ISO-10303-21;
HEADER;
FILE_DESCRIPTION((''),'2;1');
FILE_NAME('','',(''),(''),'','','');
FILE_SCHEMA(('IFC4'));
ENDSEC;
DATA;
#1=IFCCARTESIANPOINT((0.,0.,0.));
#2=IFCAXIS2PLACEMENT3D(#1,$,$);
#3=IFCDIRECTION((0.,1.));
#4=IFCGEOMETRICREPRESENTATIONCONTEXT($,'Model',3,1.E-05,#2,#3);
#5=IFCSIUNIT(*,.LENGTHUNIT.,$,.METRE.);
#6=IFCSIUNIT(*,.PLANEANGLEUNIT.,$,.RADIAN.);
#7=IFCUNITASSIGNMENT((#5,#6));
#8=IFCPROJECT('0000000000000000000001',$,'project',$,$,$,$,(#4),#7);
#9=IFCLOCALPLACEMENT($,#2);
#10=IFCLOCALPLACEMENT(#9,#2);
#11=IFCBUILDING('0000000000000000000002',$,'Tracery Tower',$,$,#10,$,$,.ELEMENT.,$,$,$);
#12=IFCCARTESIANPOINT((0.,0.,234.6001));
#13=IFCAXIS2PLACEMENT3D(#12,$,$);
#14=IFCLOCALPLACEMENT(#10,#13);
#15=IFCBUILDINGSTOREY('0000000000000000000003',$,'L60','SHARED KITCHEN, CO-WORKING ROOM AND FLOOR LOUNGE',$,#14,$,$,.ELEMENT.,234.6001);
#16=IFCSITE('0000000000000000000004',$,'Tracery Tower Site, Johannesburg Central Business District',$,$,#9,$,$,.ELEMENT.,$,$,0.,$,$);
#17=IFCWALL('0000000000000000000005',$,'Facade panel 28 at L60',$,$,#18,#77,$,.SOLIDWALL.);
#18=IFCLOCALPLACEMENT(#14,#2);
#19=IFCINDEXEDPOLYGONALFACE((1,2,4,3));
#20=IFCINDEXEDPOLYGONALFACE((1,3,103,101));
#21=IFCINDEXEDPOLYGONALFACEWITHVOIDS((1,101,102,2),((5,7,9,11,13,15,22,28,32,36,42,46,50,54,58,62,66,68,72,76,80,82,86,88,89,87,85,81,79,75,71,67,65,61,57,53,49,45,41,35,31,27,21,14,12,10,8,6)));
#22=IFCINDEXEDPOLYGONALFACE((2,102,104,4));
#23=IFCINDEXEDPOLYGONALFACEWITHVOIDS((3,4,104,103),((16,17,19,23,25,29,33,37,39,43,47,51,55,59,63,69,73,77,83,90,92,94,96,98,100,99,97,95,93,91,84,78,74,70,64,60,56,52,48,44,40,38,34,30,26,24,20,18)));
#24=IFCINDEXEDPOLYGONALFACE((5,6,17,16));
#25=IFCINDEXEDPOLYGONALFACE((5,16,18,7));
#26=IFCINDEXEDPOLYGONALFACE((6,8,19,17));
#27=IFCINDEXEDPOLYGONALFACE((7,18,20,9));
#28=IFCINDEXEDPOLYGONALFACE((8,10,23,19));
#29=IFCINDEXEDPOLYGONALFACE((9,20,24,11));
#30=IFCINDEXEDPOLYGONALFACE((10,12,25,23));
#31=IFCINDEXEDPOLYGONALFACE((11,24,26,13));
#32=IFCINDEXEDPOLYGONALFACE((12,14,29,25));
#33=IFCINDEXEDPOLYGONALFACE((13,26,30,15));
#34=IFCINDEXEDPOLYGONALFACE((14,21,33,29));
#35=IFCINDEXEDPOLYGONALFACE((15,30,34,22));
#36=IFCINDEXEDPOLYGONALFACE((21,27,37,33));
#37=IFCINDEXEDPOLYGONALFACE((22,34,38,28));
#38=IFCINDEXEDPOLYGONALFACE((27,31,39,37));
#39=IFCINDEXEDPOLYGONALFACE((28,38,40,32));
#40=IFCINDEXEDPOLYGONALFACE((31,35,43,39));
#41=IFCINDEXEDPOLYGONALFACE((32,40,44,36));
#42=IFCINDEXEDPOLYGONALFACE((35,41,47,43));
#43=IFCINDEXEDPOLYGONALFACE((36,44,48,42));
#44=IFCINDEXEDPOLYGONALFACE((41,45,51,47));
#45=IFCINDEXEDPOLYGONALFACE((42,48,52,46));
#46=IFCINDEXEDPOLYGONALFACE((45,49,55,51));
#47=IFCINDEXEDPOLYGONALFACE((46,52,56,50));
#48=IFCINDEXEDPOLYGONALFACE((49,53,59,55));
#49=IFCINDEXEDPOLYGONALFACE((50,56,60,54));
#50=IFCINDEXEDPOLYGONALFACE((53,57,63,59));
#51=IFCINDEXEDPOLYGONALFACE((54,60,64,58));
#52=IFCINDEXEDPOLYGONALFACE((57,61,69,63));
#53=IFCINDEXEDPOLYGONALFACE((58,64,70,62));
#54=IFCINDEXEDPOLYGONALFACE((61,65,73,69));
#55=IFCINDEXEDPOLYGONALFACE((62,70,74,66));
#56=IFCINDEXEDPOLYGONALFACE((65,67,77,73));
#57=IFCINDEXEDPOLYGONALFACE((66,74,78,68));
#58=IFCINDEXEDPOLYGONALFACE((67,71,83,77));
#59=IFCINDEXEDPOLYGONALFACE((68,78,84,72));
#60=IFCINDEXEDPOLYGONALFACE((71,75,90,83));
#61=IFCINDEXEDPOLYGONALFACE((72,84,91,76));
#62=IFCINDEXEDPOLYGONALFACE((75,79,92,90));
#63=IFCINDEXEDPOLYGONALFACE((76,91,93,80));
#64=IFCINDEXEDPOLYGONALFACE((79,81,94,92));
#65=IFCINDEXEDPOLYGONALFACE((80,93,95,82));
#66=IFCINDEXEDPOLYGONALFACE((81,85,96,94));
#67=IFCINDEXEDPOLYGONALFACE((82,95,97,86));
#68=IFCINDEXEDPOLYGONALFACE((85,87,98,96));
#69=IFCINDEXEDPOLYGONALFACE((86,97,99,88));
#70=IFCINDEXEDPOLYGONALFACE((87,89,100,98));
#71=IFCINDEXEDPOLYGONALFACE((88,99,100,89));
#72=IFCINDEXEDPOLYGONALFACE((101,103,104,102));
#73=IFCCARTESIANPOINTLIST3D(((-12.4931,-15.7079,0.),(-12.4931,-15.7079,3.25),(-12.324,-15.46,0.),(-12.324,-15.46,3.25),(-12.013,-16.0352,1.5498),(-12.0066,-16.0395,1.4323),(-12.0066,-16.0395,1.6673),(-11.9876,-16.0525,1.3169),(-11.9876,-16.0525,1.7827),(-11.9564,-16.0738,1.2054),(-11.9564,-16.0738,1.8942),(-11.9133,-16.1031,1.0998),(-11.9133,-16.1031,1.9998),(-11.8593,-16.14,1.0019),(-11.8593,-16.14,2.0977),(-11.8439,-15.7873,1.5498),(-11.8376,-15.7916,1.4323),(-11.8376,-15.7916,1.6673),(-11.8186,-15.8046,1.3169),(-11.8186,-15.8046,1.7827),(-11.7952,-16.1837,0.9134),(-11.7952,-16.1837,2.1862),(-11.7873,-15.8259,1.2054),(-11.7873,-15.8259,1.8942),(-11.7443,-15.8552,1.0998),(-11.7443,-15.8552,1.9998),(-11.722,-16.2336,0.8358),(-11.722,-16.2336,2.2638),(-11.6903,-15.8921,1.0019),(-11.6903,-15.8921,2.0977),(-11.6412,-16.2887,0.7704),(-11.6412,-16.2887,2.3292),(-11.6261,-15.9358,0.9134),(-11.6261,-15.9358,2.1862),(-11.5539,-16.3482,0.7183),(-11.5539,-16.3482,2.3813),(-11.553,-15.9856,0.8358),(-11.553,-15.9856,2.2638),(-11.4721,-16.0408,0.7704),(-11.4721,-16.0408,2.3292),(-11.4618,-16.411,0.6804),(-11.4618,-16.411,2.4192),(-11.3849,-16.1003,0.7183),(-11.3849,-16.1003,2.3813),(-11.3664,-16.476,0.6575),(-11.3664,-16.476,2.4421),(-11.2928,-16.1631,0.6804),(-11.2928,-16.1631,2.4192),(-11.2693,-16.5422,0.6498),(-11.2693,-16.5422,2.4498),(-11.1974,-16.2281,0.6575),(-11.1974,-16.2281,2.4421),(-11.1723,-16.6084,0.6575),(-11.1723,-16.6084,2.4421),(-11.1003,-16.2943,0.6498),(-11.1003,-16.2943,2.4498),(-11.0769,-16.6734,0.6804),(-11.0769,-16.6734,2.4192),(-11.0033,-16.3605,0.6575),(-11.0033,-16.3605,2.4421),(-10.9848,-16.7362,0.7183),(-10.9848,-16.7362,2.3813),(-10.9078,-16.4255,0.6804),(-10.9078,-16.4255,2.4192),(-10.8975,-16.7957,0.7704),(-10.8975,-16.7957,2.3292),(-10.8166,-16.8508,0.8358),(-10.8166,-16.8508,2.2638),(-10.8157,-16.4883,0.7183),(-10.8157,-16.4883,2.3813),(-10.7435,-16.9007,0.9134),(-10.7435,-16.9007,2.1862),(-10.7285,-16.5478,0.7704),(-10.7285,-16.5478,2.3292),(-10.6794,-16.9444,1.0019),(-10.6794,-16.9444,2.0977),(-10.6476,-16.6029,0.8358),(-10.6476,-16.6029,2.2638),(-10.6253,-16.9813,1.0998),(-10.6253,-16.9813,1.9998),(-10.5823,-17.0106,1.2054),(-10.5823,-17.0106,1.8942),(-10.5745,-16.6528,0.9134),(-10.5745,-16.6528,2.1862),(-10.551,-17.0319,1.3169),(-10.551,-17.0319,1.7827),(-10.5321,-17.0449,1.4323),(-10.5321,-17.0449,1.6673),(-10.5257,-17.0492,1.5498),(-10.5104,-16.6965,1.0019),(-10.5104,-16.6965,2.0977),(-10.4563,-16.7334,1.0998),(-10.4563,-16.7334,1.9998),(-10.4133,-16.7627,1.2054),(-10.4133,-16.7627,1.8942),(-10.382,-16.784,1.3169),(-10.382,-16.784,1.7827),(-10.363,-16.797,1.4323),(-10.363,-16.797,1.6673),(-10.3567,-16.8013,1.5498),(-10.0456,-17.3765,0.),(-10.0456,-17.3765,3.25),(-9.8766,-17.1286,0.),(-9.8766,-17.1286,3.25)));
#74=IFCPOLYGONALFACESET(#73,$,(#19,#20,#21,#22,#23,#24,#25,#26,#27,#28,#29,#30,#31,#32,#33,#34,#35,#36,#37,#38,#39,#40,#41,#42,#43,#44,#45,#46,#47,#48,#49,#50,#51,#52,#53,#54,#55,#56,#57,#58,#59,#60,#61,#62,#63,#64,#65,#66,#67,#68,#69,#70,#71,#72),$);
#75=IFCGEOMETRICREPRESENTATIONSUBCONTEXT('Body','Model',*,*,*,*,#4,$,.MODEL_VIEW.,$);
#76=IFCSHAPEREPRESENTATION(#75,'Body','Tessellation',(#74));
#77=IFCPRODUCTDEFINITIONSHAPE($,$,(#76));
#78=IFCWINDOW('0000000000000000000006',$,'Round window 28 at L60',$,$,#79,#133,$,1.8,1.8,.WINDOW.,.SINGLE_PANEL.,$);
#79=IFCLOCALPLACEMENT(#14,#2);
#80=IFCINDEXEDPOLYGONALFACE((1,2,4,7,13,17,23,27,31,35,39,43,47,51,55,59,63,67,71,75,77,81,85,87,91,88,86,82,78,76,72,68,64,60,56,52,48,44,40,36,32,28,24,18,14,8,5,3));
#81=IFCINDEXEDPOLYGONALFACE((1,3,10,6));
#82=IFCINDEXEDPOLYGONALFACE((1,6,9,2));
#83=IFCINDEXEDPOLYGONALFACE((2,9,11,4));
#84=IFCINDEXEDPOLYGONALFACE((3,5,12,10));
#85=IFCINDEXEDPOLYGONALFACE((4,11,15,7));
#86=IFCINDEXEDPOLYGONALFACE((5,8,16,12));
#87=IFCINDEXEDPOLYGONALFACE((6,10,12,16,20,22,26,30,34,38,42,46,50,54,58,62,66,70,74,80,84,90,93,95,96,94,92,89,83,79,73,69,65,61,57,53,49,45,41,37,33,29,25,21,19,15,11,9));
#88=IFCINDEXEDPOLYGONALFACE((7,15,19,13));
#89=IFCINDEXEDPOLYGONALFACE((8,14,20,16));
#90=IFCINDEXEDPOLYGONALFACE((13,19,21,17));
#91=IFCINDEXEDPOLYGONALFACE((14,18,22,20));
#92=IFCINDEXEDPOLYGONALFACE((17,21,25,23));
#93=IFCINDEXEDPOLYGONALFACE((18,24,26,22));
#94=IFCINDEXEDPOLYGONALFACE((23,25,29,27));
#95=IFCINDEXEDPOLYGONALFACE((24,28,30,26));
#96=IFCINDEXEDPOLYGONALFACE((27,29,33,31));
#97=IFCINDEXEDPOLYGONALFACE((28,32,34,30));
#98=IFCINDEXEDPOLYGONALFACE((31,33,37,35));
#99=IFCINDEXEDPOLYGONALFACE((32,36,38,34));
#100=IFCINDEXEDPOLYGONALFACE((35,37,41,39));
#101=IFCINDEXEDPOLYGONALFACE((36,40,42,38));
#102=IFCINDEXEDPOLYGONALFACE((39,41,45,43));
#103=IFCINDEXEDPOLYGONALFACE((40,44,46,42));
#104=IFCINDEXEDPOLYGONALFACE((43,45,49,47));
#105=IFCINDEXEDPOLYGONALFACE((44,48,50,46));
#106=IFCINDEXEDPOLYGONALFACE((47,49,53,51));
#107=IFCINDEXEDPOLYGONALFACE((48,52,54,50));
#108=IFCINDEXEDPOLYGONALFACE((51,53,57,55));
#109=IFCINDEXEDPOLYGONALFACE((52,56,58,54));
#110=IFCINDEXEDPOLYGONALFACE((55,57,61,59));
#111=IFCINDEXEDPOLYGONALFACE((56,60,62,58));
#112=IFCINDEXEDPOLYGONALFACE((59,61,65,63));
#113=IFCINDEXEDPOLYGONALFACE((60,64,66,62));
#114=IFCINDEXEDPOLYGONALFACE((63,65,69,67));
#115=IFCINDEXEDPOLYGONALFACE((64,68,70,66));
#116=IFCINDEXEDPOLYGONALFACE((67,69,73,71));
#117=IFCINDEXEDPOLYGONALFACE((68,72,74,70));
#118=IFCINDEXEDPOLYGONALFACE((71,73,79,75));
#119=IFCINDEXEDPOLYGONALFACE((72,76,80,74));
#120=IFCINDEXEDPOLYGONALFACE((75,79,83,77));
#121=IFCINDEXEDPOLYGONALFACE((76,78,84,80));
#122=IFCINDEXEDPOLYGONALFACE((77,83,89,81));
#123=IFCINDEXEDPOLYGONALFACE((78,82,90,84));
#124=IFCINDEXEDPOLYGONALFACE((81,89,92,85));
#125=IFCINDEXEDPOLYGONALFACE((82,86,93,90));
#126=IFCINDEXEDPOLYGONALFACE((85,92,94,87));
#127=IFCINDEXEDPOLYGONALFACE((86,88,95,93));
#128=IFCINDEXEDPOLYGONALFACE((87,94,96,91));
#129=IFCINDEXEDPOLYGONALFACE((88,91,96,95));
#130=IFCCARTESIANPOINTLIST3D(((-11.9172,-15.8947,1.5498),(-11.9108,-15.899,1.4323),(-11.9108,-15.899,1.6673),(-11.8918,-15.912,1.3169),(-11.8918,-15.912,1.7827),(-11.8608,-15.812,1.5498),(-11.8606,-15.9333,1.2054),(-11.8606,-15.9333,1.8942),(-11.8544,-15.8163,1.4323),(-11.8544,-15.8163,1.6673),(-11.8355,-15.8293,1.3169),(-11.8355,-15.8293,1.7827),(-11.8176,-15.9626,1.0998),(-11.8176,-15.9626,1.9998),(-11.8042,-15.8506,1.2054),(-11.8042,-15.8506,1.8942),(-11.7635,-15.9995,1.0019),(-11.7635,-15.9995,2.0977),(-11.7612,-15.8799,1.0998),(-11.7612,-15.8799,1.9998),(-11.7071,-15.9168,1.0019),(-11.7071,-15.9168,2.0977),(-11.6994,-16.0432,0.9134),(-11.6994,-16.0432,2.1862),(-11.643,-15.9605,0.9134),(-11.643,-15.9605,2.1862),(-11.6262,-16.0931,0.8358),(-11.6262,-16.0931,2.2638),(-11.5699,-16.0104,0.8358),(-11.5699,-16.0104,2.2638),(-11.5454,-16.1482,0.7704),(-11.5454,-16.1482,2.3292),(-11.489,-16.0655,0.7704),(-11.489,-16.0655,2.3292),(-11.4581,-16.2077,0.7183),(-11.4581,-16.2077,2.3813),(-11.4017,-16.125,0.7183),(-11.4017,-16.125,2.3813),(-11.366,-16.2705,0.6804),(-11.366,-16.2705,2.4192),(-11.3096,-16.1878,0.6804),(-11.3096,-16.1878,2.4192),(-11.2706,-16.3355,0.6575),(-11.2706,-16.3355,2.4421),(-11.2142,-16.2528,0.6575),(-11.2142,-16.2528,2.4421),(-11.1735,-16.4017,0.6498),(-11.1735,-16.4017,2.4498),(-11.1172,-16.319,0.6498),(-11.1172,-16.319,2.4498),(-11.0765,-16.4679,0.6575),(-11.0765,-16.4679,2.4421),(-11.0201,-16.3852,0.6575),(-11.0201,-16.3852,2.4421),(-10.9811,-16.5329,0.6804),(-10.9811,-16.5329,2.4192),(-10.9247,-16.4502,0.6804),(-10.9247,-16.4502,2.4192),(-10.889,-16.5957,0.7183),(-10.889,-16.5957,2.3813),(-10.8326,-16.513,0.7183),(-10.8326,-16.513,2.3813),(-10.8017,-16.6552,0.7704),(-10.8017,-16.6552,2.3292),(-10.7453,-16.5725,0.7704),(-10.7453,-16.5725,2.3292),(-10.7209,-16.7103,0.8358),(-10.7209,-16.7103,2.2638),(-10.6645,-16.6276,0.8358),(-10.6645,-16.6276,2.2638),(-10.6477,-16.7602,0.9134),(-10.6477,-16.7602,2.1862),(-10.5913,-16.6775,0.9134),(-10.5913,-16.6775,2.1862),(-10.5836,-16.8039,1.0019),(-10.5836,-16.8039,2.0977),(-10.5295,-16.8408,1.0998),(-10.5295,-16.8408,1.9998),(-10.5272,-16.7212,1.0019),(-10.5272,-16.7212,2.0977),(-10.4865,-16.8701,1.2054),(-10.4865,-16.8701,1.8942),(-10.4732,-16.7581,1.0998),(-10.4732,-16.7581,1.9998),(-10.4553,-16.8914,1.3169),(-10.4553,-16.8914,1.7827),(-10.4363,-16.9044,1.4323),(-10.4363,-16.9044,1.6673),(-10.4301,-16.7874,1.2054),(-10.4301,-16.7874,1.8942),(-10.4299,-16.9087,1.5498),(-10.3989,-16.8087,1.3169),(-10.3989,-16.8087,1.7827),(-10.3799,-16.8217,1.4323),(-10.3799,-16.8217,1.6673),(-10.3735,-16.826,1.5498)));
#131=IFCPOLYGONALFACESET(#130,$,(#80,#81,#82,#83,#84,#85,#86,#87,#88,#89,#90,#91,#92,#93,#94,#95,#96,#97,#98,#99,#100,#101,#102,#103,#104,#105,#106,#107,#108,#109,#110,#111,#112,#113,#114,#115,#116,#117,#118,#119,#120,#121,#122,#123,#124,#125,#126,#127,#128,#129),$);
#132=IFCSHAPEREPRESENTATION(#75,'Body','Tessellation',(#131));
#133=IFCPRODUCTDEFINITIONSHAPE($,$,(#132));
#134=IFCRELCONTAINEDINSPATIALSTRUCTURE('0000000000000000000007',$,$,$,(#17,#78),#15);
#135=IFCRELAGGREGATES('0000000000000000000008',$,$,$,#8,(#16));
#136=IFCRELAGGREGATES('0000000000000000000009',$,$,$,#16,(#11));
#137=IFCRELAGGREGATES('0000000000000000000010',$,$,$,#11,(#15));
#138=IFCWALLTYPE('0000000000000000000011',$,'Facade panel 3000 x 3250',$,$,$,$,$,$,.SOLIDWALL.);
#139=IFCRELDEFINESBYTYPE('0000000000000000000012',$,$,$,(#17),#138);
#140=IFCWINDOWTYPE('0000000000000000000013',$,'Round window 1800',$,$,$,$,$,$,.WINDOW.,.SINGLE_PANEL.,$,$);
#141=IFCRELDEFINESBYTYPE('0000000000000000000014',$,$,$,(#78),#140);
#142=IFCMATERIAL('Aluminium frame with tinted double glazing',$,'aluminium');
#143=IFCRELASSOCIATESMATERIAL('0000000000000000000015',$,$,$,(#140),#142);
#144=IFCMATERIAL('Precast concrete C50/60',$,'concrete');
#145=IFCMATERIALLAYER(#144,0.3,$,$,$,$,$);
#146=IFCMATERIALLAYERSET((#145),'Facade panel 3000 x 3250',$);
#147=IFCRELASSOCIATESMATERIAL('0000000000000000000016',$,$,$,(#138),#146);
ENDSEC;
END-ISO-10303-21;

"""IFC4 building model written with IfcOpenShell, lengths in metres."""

from ifc_helpers import new_model, si_unit, direction, frame, frame_2d, origin, origin_2d, place, context, subcontext, project, spatial, rectangle, circle, extrude, material, layer, layer_set, type_object, element, fill, save


model = new_model("IFC4")

# Units and contexts
model_context = context("Model", 3, precision=1e-05, world=origin(), true_north=direction((0.0, 1.0)))
body_context = subcontext(model_context, "Body", "Model", "MODEL_VIEW")
ifc_project = project(units=[si_unit("LENGTHUNIT", "METRE"), si_unit("PLANEANGLEUNIT", "RADIAN")], contexts=[model_context])

# Site, building, storey
site_placement = place(None, origin())
site = spatial("IfcSite", under=ifc_project, at=site_placement, Name="Tracery Tower Site, Johannesburg Central Business District", CompositionType="ELEMENT", RefElevation=0.0)
building_placement = place(site_placement, origin())
building = spatial("IfcBuilding", under=site, at=building_placement, Name="Tracery Tower", CompositionType="ELEMENT")
storey_placement = place(building_placement, frame((0.0, 0.0, 234.6001)))
storey = spatial("IfcBuildingStorey", under=building, at=storey_placement, Name="L60", Description="SHARED KITCHEN, CO-WORKING ROOM AND FLOOR LOUNGE", CompositionType="ELEMENT", Elevation=234.6001)

# Wall, opening, window
ifc_material_1 = material(Name="Aluminium frame with tinted double glazing", Category="aluminium")
window_type = type_object("IfcWindowType", Name="Round window 1800", PartitioningType="SINGLE_PANEL", PredefinedType="WINDOW", material=ifc_material_1)
ifc_material_2 = material(Name="Precast concrete C50/60", Category="concrete")
ifc_layer_1 = layer(ifc_material_2, 0.3)
ifc_layer_set_1 = layer_set([ifc_layer_1], Name="Facade panel 3000 x 3250")
wall_type_1 = type_object("IfcWallType", Name="Facade panel 3000 x 3250", PredefinedType="SOLIDWALL", material=ifc_layer_set_1)
wall_1_placement = place(storey_placement, frame((-12.4084, -15.584, 0.0), z_axis=(0.0, 0.0, 1.0), x_axis=(0.826236, -0.563324, 0.0)))
wall_1 = element("IfcWall", 1, at=wall_1_placement, inside=storey, type_object=wall_type_1, Name="Facade panel 28 at L60", PredefinedType="SOLIDWALL", context=body_context, shape_type="SweptSolid", body=[
    extrude(rectangle(XDim=2.9622, YDim=0.3, at=frame_2d((1.481, 0.0))), origin(), (0.0, 0.0, 1.0), 3.25),
])
opening_1_placement = place(wall_1_placement, frame((1.481, 0.0, 1.5498)))
opening_1 = element("IfcOpeningElement", 2, at=opening_1_placement, cuts=wall_1, PredefinedType="OPENING", context=body_context, shape_type="SweptSolid", body=[
    extrude(circle(Radius=0.9, at=origin_2d()), frame((0.0, 0.1599, 0.0), z_axis=(0.0, -1.0, 0.0), x_axis=(1.0, 0.0, 0.0)), (0.0, 0.0, 1.0), 0.3201),
])
window_1_placement = place(opening_1_placement, origin())
window_1 = element("IfcWindow", 3, at=window_1_placement, inside=storey, type_object=window_type, Name="Round window 28 at L60", OverallHeight=1.8, OverallWidth=1.8, PartitioningType="SINGLE_PANEL", PredefinedType="WINDOW", context=body_context, shape_type="SweptSolid", body=[
    extrude(circle(Radius=0.9, at=origin_2d()), frame((0.0, 0.1201, 0.0), z_axis=(0.0, -1.0, 0.0), x_axis=(1.0, 0.0, 0.0)), (0.0, 0.0, 1.0), 0.1001),
])
fill(opening_1, window_1)

save(model, "model.ifc")
